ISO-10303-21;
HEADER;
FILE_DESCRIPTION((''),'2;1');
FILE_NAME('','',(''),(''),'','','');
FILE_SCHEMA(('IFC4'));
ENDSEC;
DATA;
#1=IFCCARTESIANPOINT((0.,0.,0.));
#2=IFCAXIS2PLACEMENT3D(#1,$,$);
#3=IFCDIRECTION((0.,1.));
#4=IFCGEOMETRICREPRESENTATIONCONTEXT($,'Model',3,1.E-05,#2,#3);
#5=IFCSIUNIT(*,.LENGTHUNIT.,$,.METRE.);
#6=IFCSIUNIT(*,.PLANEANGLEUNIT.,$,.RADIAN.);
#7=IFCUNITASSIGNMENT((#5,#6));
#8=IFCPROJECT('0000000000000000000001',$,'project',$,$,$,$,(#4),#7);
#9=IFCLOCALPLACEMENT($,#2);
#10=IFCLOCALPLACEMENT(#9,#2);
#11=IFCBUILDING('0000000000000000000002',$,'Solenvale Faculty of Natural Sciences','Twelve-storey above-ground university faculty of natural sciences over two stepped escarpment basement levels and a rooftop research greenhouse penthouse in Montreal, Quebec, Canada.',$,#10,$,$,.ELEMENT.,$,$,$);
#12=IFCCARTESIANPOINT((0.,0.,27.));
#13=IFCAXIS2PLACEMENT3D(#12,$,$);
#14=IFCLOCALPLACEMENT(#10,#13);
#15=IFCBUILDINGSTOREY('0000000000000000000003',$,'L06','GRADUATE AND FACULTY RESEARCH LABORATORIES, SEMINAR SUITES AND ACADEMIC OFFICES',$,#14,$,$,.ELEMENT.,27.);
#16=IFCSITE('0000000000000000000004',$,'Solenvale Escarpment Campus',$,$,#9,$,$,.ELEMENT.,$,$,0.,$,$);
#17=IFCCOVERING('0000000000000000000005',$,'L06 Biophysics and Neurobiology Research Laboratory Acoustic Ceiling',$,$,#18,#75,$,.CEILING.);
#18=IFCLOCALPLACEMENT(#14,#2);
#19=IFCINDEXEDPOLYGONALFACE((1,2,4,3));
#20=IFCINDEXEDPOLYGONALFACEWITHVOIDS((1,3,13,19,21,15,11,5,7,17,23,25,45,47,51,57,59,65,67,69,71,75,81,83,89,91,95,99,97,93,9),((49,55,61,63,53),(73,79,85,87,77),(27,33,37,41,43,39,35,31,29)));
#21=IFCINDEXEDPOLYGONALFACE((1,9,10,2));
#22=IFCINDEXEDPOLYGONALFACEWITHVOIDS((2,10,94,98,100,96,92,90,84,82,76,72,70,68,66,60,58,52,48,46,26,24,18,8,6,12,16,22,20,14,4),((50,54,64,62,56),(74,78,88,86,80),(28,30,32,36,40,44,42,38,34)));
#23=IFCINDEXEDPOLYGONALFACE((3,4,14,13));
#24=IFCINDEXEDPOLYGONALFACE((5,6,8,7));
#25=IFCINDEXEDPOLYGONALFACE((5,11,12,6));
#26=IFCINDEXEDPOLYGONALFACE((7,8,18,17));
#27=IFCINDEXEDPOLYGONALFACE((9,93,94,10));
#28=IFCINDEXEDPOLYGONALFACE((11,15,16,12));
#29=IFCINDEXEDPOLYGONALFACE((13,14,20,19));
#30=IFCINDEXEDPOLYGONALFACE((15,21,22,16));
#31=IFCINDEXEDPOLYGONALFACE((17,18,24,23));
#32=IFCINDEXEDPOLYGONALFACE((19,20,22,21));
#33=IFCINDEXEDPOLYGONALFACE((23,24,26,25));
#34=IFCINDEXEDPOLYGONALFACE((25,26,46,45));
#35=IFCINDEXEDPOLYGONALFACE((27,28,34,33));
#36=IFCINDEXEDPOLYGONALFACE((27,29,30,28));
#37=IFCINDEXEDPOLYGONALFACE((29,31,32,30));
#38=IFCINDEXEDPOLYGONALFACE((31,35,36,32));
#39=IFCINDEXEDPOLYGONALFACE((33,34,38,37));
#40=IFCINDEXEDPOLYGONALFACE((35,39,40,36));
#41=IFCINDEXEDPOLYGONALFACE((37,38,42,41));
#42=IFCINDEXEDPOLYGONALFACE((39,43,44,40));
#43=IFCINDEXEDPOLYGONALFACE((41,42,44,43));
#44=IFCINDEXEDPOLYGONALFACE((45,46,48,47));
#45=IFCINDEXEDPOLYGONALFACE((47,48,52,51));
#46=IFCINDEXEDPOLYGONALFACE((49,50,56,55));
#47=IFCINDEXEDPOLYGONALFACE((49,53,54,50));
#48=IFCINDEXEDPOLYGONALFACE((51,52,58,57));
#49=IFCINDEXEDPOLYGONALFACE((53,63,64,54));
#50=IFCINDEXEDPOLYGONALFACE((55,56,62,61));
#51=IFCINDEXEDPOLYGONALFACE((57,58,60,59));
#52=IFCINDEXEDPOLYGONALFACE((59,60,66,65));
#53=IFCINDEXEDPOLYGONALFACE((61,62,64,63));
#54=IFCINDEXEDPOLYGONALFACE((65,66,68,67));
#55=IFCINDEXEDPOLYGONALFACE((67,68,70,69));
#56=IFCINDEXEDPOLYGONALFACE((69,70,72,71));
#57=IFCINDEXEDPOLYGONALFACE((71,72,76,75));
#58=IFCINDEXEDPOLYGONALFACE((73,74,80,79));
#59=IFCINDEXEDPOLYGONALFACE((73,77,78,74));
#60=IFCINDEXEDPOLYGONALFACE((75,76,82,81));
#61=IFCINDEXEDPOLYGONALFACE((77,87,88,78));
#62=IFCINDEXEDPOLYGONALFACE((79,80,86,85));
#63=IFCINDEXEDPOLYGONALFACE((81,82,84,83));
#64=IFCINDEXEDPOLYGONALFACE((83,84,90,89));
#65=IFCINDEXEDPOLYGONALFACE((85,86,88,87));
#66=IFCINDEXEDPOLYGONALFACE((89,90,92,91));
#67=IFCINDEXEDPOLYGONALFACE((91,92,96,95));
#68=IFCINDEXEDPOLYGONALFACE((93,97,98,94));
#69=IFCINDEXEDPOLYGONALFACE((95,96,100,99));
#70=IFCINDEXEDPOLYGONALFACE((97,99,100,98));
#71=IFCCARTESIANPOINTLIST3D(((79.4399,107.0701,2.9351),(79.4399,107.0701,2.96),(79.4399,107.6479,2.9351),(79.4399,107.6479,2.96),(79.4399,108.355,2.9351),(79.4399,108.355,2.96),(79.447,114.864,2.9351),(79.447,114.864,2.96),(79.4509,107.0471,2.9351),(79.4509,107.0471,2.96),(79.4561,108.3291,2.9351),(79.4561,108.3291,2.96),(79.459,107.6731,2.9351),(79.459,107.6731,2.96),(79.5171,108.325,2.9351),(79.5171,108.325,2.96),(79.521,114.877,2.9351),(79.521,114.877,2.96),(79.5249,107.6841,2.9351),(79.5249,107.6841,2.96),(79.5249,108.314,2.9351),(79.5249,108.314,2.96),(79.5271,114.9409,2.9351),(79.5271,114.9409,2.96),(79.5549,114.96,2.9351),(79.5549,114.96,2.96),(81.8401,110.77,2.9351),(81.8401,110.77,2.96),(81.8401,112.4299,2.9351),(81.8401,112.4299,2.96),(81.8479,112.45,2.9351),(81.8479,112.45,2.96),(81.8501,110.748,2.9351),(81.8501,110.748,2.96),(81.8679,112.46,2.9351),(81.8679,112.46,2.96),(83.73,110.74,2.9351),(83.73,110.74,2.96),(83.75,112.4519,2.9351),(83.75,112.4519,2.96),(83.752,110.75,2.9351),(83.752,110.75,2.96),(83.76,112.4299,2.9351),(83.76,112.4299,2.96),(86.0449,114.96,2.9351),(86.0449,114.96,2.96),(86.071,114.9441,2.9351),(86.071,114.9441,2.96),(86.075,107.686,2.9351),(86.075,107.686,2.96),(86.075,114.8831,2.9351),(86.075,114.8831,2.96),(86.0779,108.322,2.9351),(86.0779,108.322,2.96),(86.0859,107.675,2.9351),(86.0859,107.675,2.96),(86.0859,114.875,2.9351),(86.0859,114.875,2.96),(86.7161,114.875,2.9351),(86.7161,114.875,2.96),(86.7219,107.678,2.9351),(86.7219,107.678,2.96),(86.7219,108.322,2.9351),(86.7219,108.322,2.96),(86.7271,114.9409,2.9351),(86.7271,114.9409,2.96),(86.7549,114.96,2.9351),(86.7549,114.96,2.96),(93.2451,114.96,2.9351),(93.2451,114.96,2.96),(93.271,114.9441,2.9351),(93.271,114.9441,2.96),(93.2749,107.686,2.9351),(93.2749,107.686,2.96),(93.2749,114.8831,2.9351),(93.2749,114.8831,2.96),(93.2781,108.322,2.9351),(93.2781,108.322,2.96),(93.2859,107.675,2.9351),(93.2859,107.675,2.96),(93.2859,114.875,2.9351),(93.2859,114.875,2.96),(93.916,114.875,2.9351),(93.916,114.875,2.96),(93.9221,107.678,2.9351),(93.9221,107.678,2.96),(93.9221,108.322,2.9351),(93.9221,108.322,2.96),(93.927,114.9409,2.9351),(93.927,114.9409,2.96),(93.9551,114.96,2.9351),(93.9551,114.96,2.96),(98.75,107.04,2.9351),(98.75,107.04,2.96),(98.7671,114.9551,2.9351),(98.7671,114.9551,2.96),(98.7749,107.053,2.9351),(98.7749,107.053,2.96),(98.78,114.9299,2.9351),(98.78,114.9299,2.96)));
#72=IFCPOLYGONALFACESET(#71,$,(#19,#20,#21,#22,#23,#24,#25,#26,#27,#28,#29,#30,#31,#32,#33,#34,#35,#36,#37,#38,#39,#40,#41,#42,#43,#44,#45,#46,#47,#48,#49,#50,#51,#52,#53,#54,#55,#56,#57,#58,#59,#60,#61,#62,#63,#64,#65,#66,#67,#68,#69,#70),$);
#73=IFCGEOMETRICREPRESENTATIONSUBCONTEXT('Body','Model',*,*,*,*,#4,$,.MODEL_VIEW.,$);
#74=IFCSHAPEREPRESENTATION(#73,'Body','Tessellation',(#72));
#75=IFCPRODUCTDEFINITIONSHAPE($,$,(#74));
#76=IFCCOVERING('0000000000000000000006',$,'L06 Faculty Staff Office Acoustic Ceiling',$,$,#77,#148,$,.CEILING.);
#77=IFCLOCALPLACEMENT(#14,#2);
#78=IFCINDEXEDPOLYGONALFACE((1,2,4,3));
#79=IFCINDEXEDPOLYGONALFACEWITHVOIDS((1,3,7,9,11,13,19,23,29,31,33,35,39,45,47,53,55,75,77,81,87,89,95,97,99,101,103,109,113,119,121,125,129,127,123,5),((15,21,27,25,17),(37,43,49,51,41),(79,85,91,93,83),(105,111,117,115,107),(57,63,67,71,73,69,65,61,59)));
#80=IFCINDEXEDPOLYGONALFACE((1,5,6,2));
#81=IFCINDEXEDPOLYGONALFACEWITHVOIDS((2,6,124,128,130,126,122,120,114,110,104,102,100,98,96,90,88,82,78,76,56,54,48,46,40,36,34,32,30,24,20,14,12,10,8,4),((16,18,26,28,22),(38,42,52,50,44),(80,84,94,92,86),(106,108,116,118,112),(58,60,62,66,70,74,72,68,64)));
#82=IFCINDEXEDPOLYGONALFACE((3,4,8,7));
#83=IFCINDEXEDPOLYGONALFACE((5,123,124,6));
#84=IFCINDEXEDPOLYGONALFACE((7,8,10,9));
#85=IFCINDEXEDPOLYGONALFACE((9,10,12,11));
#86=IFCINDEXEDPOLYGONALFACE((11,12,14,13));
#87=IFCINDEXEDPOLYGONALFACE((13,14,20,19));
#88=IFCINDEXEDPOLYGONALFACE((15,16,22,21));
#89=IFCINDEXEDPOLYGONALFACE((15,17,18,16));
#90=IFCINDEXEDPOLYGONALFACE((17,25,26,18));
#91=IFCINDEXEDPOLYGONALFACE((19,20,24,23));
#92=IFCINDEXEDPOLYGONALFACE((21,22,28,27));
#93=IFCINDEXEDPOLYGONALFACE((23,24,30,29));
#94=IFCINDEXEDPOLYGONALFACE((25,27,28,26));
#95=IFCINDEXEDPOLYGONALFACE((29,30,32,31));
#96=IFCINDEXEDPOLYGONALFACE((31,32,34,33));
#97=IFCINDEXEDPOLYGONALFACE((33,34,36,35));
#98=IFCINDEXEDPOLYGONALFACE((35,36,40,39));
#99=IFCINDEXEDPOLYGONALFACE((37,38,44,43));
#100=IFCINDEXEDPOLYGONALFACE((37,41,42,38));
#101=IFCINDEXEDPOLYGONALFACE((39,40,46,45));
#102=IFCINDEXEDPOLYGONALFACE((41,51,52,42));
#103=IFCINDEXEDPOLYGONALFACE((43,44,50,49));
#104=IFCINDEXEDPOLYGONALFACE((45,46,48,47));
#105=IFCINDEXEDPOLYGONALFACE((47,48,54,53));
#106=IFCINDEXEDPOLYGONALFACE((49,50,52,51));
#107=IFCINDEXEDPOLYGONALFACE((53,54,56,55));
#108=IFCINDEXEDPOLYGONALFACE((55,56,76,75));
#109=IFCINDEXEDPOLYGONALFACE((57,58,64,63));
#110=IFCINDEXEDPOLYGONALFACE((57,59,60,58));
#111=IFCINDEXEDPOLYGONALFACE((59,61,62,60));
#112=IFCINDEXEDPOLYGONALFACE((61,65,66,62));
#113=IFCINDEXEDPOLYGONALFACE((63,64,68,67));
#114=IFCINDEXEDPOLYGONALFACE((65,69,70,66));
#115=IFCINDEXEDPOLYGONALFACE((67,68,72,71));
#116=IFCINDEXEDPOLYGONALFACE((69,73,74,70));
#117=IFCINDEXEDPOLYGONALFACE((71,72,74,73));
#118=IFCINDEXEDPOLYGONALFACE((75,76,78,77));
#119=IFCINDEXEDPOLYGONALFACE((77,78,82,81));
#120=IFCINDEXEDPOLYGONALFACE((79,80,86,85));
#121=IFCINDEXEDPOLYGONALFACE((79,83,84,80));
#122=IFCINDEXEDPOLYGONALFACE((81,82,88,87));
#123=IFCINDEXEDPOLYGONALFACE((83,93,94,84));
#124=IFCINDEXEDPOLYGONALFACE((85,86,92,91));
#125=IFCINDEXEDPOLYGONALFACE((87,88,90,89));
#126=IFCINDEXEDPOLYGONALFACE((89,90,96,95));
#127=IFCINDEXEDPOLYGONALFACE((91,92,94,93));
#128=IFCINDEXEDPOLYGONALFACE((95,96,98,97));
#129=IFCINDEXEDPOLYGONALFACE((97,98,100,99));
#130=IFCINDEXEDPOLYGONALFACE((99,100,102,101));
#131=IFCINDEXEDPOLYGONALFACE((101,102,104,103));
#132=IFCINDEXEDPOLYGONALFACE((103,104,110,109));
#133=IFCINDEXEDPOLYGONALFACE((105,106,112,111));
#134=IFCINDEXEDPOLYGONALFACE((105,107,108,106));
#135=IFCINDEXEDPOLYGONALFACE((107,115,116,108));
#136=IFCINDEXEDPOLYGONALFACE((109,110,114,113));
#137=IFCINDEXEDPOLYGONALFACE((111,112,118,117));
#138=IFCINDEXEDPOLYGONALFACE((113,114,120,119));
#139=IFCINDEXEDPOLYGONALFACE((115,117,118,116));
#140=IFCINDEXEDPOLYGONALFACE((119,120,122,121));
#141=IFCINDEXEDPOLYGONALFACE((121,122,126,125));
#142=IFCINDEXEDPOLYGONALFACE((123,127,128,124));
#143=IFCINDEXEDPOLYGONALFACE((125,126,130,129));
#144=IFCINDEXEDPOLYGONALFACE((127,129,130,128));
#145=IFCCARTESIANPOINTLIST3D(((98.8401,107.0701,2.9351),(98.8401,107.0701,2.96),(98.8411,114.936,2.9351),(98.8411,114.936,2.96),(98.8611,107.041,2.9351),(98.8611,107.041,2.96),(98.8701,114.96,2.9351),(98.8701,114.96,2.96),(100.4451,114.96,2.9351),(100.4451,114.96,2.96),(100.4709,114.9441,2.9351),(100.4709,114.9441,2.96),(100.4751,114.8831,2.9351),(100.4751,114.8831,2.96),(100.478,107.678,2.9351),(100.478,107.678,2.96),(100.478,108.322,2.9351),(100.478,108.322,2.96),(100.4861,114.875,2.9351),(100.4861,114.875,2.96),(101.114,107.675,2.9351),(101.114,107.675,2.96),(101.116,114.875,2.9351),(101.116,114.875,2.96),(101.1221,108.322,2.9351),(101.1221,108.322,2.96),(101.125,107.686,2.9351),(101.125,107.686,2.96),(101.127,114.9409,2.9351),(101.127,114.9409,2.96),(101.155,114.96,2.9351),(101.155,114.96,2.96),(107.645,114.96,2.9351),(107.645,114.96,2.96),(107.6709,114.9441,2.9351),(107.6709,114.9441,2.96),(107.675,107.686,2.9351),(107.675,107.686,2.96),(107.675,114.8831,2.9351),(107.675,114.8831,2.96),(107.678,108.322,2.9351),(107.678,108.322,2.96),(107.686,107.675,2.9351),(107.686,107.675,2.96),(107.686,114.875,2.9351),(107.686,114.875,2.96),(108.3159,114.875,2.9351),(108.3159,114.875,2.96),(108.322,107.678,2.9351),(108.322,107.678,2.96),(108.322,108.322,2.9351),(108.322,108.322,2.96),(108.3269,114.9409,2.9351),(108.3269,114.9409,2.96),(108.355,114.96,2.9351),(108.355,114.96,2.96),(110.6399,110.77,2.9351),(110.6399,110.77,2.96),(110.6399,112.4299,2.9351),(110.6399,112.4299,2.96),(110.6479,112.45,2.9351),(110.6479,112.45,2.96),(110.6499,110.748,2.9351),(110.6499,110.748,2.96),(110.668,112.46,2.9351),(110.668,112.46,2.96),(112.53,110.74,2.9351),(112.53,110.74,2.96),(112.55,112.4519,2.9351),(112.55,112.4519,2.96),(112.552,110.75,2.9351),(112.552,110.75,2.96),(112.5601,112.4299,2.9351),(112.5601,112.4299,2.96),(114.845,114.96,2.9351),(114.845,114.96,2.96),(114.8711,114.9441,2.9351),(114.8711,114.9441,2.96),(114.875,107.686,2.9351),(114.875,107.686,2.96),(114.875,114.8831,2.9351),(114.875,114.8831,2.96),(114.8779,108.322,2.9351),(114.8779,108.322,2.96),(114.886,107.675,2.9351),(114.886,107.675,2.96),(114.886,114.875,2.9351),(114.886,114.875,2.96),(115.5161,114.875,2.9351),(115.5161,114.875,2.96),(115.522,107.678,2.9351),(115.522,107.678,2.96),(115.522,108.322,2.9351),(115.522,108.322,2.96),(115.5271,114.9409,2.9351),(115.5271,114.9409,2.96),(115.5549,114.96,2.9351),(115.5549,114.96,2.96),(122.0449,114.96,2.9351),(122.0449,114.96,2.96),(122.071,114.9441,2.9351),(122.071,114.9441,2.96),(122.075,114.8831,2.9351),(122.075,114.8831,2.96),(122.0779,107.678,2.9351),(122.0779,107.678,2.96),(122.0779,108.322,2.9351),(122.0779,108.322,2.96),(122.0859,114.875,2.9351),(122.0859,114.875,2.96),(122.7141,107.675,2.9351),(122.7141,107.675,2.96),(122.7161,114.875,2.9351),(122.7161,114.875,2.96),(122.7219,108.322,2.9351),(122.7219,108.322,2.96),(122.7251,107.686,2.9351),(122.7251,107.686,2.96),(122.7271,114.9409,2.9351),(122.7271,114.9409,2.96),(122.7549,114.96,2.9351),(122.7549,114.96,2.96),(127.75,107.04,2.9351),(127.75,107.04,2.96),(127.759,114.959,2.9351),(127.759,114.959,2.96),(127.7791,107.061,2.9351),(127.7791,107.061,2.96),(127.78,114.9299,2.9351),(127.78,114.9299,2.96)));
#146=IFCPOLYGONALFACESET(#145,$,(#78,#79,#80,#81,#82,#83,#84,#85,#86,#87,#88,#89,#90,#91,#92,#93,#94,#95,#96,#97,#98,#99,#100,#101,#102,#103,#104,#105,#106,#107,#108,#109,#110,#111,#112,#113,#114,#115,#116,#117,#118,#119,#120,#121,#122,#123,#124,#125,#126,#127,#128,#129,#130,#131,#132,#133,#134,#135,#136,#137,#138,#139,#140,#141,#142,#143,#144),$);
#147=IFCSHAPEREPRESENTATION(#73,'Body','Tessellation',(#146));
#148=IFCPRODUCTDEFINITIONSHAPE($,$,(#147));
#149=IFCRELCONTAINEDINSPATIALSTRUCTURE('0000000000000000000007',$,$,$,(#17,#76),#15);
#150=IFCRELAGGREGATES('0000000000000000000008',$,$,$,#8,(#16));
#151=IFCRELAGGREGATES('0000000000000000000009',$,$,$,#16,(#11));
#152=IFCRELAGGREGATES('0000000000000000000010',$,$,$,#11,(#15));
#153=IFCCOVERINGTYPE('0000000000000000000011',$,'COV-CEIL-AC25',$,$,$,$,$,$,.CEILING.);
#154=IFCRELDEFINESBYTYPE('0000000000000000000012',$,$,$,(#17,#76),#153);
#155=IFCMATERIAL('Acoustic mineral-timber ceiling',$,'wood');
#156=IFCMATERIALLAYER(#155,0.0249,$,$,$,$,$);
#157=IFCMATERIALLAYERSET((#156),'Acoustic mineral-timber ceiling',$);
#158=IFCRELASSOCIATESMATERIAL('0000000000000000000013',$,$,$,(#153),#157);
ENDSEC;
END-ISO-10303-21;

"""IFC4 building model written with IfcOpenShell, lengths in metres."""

from ifc_helpers import new_model, si_unit, direction, frame, origin, place, context, subcontext, project, spatial, polyline, outline, extrude, material, layer, layer_set, type_object, element, save


model = new_model("IFC4")

# Units and contexts
model_context = context("Model", 3, precision=1e-05, world=origin(), true_north=direction((0.0, 1.0)))
body_context = subcontext(model_context, "Body", "Model", "MODEL_VIEW")
ifc_project = project(units=[si_unit("LENGTHUNIT", "METRE"), si_unit("PLANEANGLEUNIT", "RADIAN")], contexts=[model_context])

# Site, building, storey
site_placement = place(None, origin())
site = spatial("IfcSite", under=ifc_project, at=site_placement, Name="Solenvale Escarpment Campus", CompositionType="ELEMENT", RefElevation=0.0)
building_placement = place(site_placement, origin())
building = spatial("IfcBuilding", under=site, at=building_placement, Name="Solenvale Faculty of Natural Sciences", Description="Twelve-storey above-ground university faculty of natural sciences over two stepped escarpment basement levels and a rooftop research greenhouse penthouse in Montreal, Quebec, Canada.", CompositionType="ELEMENT")
storey_placement = place(building_placement, frame((0.0, 0.0, 27.0)))
storey = spatial("IfcBuildingStorey", under=building, at=storey_placement, Name="L06", Description="GRADUATE AND FACULTY RESEARCH LABORATORIES, SEMINAR SUITES AND ACADEMIC OFFICES", CompositionType="ELEMENT", Elevation=27.0)

# Coverings
ifc_material_1 = material(Name="Acoustic mineral-timber ceiling", Category="wood")
ifc_layer_1 = layer(ifc_material_1, 0.0249)
ifc_layer_set_1 = layer_set([ifc_layer_1], Name="Acoustic mineral-timber ceiling")
covering_type_1 = type_object("IfcCoveringType", Name="COV-CEIL-AC25", PredefinedType="CEILING", material=ifc_layer_set_1)
covering_1_placement = place(storey_placement, frame((0.0, 0.0, 2.9351)))
element("IfcCovering", 1, at=covering_1_placement, inside=storey, type_object=covering_type_1, Name="L06 Biophysics and Neurobiology Research Laboratory Acoustic Ceiling", PredefinedType="CEILING", context=body_context, shape_type="SweptSolid", body=[
    extrude(outline(polyline([(86.0449, 114.96), (86.071, 114.9441), (86.075, 114.8831), (86.0859, 114.875), (86.7161, 114.875), (86.7271, 114.9409), (86.7549, 114.96), (93.2451, 114.96), (93.271, 114.9441), (93.2749, 114.8831), (93.2859, 114.875), (93.916, 114.875), (93.927, 114.9409), (93.9551, 114.96), (98.7671, 114.9551), (98.78, 114.9299), (98.7749, 107.053), (98.75, 107.04), (79.4509, 107.0471), (79.4399, 107.0701), (79.4399, 107.6479), (79.459, 107.6731), (79.5249, 107.6841), (79.5249, 108.314), (79.5171, 108.325), (79.4561, 108.3291), (79.4399, 108.355), (79.447, 114.864), (79.521, 114.877), (79.5271, 114.9409), (79.5549, 114.96), (86.0449, 114.96)]), holes=[polyline([(93.2749, 107.686), (93.2859, 107.675), (93.9221, 107.678), (93.9221, 108.322), (93.2781, 108.322), (93.2749, 107.686)]), polyline([(86.075, 107.686), (86.0859, 107.675), (86.7219, 107.678), (86.7219, 108.322), (86.0779, 108.322), (86.075, 107.686)]), polyline([(81.8679, 112.46), (81.8479, 112.45), (81.8401, 112.4299), (81.8401, 110.77), (81.8501, 110.748), (83.73, 110.74), (83.752, 110.75), (83.76, 112.4299), (83.75, 112.4519), (81.8679, 112.46)])]), origin(), (0.0, 0.0, 1.0), 0.0249),
])
covering_2_placement = place(storey_placement, frame((0.0, 0.0, 2.9351)))
element("IfcCovering", 2, at=covering_2_placement, inside=storey, type_object=covering_type_1, Name="L06 Faculty Staff Office Acoustic Ceiling", PredefinedType="CEILING", context=body_context, shape_type="SweptSolid", body=[
    extrude(outline(polyline([(100.4451, 114.96), (100.4709, 114.9441), (100.4751, 114.8831), (100.4861, 114.875), (101.116, 114.875), (101.127, 114.9409), (101.155, 114.96), (107.645, 114.96), (107.6709, 114.9441), (107.675, 114.8831), (107.686, 114.875), (108.3159, 114.875), (108.3269, 114.9409), (108.355, 114.96), (114.845, 114.96), (114.8711, 114.9441), (114.875, 114.8831), (114.886, 114.875), (115.5161, 114.875), (115.5271, 114.9409), (115.5549, 114.96), (122.0449, 114.96), (122.071, 114.9441), (122.075, 114.8831), (122.0859, 114.875), (122.7161, 114.875), (122.7271, 114.9409), (122.7549, 114.96), (127.759, 114.959), (127.78, 114.9299), (127.7791, 107.061), (127.75, 107.04), (98.8611, 107.041), (98.8401, 107.0701), (98.8411, 114.936), (98.8701, 114.96), (100.4451, 114.96)]), holes=[polyline([(122.7141, 107.675), (122.7251, 107.686), (122.7219, 108.322), (122.0779, 108.322), (122.0779, 107.678), (122.7141, 107.675)]), polyline([(114.875, 107.686), (114.886, 107.675), (115.522, 107.678), (115.522, 108.322), (114.8779, 108.322), (114.875, 107.686)]), polyline([(110.668, 112.46), (110.6479, 112.45), (110.6399, 112.4299), (110.6399, 110.77), (110.6499, 110.748), (112.53, 110.74), (112.552, 110.75), (112.5601, 112.4299), (112.55, 112.4519), (110.668, 112.46)]), polyline([(107.675, 107.686), (107.686, 107.675), (108.322, 107.678), (108.322, 108.322), (107.678, 108.322), (107.675, 107.686)]), polyline([(101.114, 107.675), (101.125, 107.686), (101.1221, 108.322), (100.478, 108.322), (100.478, 107.678), (101.114, 107.675)])]), origin(), (0.0, 0.0, 1.0), 0.0249),
])

save(model, "model.ifc")
